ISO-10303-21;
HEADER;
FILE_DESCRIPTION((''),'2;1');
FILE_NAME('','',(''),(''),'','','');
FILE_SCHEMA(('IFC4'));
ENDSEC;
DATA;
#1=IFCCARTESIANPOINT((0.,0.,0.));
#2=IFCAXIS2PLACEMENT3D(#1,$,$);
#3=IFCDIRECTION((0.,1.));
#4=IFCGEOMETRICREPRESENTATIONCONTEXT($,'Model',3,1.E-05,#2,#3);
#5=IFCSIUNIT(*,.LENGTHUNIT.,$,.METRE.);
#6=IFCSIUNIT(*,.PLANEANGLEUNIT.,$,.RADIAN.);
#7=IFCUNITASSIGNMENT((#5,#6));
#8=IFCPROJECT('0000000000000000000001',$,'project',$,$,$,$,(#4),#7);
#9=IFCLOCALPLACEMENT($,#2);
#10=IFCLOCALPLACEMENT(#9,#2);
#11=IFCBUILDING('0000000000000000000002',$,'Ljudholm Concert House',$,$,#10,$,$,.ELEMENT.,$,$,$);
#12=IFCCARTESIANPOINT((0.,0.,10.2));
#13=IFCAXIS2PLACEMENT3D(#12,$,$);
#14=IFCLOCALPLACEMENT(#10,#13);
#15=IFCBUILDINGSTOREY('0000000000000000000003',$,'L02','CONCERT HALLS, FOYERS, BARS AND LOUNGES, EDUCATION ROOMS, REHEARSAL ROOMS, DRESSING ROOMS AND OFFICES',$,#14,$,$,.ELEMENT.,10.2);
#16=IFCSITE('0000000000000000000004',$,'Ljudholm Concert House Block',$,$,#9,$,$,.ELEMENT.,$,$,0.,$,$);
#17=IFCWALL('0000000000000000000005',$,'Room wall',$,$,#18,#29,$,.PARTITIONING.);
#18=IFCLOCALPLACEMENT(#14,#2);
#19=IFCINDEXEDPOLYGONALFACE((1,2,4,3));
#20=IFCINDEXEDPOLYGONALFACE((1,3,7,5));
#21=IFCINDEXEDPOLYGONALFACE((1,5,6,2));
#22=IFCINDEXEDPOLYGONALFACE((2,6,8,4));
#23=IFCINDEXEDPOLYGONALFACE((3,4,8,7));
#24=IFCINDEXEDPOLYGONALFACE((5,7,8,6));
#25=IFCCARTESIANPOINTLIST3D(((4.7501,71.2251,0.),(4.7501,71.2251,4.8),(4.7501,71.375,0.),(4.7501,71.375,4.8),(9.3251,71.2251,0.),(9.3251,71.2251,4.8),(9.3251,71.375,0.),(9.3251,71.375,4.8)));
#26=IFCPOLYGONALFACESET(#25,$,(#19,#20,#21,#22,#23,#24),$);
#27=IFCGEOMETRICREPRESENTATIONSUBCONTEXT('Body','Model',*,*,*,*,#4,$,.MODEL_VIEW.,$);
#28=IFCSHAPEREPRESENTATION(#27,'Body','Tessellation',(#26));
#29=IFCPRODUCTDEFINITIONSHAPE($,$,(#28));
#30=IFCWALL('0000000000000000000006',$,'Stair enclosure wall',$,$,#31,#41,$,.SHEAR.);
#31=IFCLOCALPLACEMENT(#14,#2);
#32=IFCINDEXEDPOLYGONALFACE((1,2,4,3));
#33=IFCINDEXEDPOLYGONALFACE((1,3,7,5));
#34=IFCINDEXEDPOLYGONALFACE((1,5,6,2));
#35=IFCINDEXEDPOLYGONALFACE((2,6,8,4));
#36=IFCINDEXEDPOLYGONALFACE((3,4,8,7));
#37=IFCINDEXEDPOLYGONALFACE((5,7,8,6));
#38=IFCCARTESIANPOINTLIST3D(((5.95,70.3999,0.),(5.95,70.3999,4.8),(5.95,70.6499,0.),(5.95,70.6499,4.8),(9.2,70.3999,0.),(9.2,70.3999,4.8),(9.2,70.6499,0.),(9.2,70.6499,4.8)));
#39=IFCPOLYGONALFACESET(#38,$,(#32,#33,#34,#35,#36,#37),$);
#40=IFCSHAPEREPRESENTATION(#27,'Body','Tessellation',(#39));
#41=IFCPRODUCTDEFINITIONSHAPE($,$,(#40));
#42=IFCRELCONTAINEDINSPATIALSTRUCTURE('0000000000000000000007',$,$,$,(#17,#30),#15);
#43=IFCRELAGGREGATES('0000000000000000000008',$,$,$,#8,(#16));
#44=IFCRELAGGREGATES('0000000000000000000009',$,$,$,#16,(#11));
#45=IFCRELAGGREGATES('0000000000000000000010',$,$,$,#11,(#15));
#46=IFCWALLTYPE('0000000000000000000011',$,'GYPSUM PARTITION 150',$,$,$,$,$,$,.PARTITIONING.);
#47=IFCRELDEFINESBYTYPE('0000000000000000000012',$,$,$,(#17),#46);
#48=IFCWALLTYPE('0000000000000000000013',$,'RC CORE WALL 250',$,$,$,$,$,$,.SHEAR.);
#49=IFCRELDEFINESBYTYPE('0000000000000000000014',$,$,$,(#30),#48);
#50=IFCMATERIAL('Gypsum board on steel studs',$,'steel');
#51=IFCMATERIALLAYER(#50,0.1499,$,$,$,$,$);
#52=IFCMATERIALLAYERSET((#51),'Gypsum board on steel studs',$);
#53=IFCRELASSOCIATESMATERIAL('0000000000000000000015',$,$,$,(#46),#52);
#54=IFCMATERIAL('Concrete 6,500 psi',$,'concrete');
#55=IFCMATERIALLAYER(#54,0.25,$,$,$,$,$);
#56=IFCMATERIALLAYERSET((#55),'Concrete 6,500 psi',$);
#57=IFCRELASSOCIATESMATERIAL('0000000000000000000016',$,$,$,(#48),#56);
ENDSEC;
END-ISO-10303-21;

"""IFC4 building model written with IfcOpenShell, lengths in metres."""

from ifc_helpers import new_model, si_unit, direction, frame, frame_2d, origin, place, context, subcontext, project, spatial, rectangle, extrude, material, layer, layer_set, type_object, element, save


model = new_model("IFC4")

# Units and contexts
model_context = context("Model", 3, precision=1e-05, world=origin(), true_north=direction((0.0, 1.0)))
body_context = subcontext(model_context, "Body", "Model", "MODEL_VIEW")
ifc_project = project(units=[si_unit("LENGTHUNIT", "METRE"), si_unit("PLANEANGLEUNIT", "RADIAN")], contexts=[model_context])

# Site, building, storey
site_placement = place(None, origin())
site = spatial("IfcSite", under=ifc_project, at=site_placement, Name="Ljudholm Concert House Block", CompositionType="ELEMENT", RefElevation=0.0)
building_placement = place(site_placement, origin())
building = spatial("IfcBuilding", under=site, at=building_placement, Name="Ljudholm Concert House", CompositionType="ELEMENT")
storey_placement = place(building_placement, frame((0.0, 0.0, 10.2)))
storey = spatial("IfcBuildingStorey", under=building, at=storey_placement, Name="L02", Description="CONCERT HALLS, FOYERS, BARS AND LOUNGES, EDUCATION ROOMS, REHEARSAL ROOMS, DRESSING ROOMS AND OFFICES", CompositionType="ELEMENT", Elevation=10.2)

# Shared definitions
ifc_material_1 = material(Name="Gypsum board on steel studs", Category="steel")
ifc_layer_1 = layer(ifc_material_1, 0.1499)
ifc_layer_set_1 = layer_set([ifc_layer_1], Name="Gypsum board on steel studs")
wall_type_1 = type_object("IfcWallType", Name="GYPSUM PARTITION 150", PredefinedType="PARTITIONING", material=ifc_layer_set_1)

# Walls
wall_1_placement = place(storey_placement, frame((4.75, 71.3, 0.0), z_axis=(0.0, 0.0, 1.0), x_axis=(1.0, 0.0, 0.0)))
element("IfcWall", 1, at=wall_1_placement, inside=storey, type_object=wall_type_1, Name="Room wall", PredefinedType="PARTITIONING", context=body_context, shape_type="SweptSolid", body=[
    extrude(rectangle(XDim=4.575, YDim=0.1499, at=frame_2d((2.2876, 0.0))), origin(), (0.0, 0.0, 1.0), 4.8),
])
ifc_material_2 = material(Name="Concrete 6,500 psi", Category="concrete")
ifc_layer_2 = layer(ifc_material_2, 0.25)
ifc_layer_set_2 = layer_set([ifc_layer_2], Name="Concrete 6,500 psi")
wall_type_2 = type_object("IfcWallType", Name="RC CORE WALL 250", PredefinedType="SHEAR", material=ifc_layer_set_2)
wall_2_placement = place(storey_placement, frame((5.95, 70.5249, 0.0), z_axis=(0.0, 0.0, 1.0), x_axis=(1.0, 0.0, 0.0)))
element("IfcWall", 2, at=wall_2_placement, inside=storey, type_object=wall_type_2, Name="Stair enclosure wall", PredefinedType="SHEAR", context=body_context, shape_type="SweptSolid", body=[
    extrude(rectangle(XDim=3.25, YDim=0.25, at=frame_2d((1.625, 0.0))), origin(), (0.0, 0.0, 1.0), 4.8),
])

save(model, "model.ifc")
